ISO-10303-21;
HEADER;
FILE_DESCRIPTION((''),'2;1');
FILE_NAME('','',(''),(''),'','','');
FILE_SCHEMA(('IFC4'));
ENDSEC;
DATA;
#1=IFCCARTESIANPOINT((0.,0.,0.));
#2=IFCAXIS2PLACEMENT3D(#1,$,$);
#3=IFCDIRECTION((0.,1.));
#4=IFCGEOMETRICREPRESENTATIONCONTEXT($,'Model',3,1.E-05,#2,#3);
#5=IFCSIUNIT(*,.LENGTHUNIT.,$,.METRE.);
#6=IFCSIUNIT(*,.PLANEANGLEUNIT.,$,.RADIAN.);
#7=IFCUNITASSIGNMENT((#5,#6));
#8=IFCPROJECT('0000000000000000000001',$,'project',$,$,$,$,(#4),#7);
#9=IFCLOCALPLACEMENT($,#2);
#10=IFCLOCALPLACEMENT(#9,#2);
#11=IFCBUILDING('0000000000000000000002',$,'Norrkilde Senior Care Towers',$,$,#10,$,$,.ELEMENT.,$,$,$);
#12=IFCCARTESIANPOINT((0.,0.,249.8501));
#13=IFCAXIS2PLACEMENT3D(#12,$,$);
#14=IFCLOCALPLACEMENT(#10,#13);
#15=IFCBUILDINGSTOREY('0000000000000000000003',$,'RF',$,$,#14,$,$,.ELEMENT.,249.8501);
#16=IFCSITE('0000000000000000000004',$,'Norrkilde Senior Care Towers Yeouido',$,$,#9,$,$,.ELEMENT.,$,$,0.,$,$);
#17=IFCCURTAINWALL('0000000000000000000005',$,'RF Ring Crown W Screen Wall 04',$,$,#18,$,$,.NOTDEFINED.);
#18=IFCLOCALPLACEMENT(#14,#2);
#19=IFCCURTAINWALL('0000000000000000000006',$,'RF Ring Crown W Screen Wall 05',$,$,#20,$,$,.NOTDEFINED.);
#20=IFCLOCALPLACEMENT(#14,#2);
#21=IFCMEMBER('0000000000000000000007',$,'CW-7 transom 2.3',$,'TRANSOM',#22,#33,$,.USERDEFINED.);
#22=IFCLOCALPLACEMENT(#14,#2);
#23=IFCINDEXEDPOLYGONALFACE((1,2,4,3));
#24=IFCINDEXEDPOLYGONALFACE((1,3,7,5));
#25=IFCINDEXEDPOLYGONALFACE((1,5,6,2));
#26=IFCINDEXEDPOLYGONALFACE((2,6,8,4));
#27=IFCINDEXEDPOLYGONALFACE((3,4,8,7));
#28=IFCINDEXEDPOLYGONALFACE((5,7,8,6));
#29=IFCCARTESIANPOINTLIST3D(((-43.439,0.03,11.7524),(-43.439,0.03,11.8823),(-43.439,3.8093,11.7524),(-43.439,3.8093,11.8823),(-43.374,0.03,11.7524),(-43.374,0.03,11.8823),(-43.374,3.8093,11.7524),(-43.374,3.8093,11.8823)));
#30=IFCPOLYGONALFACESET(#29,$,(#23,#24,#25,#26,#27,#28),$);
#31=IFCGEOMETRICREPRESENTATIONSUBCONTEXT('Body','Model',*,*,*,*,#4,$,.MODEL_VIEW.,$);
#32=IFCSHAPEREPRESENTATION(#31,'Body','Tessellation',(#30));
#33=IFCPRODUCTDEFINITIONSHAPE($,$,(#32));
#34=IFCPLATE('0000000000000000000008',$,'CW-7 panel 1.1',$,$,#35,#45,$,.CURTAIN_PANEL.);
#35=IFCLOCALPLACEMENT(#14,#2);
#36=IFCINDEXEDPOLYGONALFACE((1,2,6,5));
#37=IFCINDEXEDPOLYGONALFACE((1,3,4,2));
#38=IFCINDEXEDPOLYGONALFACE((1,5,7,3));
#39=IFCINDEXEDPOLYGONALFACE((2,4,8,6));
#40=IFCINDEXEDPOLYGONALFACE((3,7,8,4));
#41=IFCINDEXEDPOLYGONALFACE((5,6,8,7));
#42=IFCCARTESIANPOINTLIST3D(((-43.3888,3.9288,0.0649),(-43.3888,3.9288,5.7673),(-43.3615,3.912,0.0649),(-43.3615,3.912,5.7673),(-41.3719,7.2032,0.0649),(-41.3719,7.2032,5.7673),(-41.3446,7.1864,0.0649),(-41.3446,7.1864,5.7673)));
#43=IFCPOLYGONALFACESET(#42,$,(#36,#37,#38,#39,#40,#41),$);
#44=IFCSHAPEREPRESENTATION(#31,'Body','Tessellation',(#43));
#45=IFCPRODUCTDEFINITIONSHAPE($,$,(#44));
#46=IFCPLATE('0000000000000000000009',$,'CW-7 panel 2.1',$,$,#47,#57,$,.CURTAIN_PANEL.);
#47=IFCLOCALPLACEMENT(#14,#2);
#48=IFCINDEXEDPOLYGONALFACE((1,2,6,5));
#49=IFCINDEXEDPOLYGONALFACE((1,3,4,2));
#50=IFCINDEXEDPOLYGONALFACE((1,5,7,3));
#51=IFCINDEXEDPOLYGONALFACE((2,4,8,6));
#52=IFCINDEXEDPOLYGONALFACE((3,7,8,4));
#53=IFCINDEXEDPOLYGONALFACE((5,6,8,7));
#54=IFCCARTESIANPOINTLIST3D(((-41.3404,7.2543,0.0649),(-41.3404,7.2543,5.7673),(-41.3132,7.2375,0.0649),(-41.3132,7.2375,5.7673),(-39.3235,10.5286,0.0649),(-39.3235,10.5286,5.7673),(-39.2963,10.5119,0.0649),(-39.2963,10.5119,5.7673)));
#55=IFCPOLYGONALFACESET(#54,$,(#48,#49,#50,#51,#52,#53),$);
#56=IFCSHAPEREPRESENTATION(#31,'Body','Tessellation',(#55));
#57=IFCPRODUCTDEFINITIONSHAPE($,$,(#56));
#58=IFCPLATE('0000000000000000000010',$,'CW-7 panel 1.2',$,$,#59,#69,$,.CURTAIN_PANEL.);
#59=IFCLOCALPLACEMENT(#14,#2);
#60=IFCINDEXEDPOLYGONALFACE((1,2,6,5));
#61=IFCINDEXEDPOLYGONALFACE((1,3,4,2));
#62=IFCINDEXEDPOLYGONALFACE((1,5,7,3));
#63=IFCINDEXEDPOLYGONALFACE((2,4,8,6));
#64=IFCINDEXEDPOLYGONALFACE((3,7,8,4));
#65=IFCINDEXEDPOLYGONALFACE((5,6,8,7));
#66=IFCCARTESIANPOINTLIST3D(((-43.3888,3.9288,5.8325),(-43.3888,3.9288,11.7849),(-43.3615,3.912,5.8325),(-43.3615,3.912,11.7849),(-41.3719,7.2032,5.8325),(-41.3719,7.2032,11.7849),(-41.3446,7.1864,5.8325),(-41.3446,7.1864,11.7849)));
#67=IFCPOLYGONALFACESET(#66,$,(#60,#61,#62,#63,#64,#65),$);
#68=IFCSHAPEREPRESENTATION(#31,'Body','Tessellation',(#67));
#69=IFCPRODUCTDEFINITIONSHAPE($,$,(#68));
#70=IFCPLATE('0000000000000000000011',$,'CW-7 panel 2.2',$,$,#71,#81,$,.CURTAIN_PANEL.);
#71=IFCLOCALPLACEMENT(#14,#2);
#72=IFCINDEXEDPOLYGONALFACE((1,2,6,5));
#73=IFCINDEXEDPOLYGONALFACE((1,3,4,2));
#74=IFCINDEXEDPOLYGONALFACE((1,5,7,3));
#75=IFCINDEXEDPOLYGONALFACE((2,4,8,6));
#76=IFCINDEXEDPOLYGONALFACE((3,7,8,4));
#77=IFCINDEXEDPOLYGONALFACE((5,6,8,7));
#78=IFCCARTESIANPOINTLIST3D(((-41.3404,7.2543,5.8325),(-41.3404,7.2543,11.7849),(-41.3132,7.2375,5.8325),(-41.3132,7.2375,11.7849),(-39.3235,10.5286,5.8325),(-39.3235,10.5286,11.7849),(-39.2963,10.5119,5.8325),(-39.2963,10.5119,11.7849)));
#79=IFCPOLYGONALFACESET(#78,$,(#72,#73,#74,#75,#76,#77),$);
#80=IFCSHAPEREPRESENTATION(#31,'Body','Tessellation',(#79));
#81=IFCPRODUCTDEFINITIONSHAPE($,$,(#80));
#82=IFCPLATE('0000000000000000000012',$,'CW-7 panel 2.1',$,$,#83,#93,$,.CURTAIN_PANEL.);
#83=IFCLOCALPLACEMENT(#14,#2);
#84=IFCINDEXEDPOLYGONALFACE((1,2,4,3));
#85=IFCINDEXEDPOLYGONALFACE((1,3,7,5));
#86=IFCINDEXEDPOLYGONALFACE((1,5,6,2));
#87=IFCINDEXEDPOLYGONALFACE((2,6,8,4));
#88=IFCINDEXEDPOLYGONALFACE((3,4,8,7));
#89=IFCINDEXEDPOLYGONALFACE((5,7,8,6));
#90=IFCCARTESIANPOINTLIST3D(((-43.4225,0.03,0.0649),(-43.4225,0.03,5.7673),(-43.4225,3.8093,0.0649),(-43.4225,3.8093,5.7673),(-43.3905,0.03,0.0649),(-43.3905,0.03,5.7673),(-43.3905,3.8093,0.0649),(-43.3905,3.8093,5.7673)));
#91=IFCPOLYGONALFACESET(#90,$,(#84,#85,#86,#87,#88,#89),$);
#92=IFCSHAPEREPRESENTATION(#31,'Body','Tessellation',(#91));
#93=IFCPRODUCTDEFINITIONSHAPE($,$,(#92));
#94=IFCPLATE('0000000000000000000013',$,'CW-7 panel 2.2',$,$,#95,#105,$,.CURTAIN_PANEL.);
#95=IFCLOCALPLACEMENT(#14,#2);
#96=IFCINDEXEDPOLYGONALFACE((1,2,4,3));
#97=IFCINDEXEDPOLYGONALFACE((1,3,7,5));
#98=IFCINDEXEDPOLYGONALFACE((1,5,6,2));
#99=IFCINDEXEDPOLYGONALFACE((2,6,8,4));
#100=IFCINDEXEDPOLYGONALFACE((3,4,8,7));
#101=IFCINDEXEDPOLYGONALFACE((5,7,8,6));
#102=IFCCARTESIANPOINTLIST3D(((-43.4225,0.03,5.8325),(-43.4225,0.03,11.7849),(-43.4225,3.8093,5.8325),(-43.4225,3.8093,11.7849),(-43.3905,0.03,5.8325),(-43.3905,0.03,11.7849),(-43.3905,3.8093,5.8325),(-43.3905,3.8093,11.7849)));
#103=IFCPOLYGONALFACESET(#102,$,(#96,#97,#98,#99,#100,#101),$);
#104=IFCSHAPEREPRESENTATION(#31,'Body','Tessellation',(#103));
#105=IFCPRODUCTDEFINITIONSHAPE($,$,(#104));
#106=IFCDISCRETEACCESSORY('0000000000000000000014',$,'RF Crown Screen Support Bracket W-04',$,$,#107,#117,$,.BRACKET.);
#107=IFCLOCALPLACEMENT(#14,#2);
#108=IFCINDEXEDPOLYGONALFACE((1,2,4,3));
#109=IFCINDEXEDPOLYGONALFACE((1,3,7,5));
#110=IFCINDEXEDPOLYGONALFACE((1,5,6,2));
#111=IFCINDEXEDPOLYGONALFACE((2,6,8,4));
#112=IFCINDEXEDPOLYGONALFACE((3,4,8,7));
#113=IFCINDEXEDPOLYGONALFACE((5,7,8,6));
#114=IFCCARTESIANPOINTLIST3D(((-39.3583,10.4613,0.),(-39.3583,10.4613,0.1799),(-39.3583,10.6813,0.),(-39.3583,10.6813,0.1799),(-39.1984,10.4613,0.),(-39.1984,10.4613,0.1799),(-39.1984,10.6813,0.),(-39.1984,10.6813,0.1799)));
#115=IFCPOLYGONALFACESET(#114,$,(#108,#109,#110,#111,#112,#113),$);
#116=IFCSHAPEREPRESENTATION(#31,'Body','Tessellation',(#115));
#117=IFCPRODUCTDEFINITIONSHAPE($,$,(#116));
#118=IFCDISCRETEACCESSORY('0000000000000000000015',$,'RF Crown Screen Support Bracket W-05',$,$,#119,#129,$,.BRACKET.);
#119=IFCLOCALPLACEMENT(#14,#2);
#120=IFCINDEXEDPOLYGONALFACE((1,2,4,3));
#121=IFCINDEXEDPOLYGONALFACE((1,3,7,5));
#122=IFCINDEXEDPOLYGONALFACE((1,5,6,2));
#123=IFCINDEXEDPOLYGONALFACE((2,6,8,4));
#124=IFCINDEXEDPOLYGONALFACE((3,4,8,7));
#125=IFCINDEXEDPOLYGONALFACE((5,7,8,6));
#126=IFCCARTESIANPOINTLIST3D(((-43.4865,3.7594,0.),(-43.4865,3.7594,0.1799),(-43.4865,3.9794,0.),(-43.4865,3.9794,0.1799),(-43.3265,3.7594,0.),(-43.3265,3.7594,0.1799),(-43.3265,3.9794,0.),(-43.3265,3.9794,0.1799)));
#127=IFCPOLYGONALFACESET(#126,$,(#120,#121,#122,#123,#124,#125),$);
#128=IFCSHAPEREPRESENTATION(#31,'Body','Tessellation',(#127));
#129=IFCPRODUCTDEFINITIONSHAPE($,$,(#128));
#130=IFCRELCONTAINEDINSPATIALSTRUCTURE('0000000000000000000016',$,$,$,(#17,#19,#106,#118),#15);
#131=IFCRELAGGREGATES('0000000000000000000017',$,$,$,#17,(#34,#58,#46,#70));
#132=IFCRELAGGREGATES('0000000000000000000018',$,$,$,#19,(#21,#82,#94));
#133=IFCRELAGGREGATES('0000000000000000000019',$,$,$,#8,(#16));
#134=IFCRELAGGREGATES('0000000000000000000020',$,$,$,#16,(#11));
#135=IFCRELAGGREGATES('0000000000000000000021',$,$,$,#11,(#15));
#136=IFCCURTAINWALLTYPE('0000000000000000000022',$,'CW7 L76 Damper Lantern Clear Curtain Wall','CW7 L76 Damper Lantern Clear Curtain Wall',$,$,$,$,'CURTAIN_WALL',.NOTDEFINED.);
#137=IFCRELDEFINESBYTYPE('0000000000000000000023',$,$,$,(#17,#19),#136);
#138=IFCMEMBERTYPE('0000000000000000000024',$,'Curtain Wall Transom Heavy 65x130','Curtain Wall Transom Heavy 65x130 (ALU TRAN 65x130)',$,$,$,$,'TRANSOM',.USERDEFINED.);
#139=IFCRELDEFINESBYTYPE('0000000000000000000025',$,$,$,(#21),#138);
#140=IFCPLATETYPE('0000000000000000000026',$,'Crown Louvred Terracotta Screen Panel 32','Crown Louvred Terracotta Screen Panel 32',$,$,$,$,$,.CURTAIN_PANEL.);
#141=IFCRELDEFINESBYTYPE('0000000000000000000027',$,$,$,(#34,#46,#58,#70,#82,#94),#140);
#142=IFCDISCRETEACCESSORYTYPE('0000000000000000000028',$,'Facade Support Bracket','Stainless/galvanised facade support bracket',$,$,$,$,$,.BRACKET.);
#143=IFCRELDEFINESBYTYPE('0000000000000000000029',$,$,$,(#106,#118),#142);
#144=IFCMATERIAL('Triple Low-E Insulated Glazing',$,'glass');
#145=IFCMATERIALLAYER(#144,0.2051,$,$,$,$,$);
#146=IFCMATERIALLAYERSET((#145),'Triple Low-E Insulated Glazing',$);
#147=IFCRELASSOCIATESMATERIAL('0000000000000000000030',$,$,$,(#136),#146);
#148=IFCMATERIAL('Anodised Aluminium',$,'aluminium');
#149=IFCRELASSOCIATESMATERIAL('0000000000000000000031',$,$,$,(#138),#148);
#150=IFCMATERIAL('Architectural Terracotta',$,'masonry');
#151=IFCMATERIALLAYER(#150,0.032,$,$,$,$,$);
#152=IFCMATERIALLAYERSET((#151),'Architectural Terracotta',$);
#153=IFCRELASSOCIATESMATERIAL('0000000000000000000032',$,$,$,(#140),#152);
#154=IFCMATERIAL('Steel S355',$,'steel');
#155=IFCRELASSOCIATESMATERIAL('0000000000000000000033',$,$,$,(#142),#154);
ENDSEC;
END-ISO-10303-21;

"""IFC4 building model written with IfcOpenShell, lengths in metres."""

from ifc_helpers import new_model, si_unit, direction, frame, origin, origin_2d, place, context, subcontext, project, spatial, rectangle, extrude, source, transform, mapped, material, layer, layer_set, material_profile, profile_set, type_object, type_shapes, element, aggregate, save


model = new_model("IFC4")

# Units and contexts
model_context = context("Model", 3, precision=1e-05, world=origin(), true_north=direction((0.0, 1.0)))
body_context = subcontext(model_context, "Body", "Model", "MODEL_VIEW")
ifc_project = project(units=[si_unit("LENGTHUNIT", "METRE"), si_unit("PLANEANGLEUNIT", "RADIAN")], contexts=[model_context])

# Site, building, storey
site_placement = place(None, origin())
site = spatial("IfcSite", under=ifc_project, at=site_placement, Name="Norrkilde Senior Care Towers Yeouido", CompositionType="ELEMENT", RefElevation=0.0)
building_placement = place(site_placement, origin())
building = spatial("IfcBuilding", under=site, at=building_placement, Name="Norrkilde Senior Care Towers", CompositionType="ELEMENT")
storey_placement = place(building_placement, frame((0.0, 0.0, 249.8501)))
storey = spatial("IfcBuildingStorey", under=building, at=storey_placement, Name="RF", CompositionType="ELEMENT", Elevation=249.8501)

# Shared definitions
ifc_material_1 = material(Name="Steel S355", Category="steel")

# Shared definitions
ifc_material_2 = material(Name="Triple Low-E Insulated Glazing", Category="glass")
ifc_layer_1 = layer(ifc_material_2, 0.2051)
ifc_layer_set_1 = layer_set([ifc_layer_1], Name="Triple Low-E Insulated Glazing")
curtain_wall_type = type_object("IfcCurtainWallType", Name="CW7 L76 Damper Lantern Clear Curtain Wall", Description="CW7 L76 Damper Lantern Clear Curtain Wall", ElementType="CURTAIN_WALL", PredefinedType="NOTDEFINED", material=ifc_layer_set_1)
ifc_material_3 = material(Name="Anodised Aluminium", Category="aluminium")

# Curtain wall
curtain_wall_1_placement = place(storey_placement, origin())
curtain_wall_1 = element("IfcCurtainWall", 1, at=curtain_wall_1_placement, inside=storey, type_object=curtain_wall_type, Name="RF Ring Crown W Screen Wall 04", PredefinedType="NOTDEFINED")

# Curtain wall
curtain_wall_2_placement = place(storey_placement, origin())
curtain_wall_2 = element("IfcCurtainWall", 2, at=curtain_wall_2_placement, inside=storey, type_object=curtain_wall_type, Name="RF Ring Crown W Screen Wall 05", PredefinedType="NOTDEFINED")

# Member
ifc_material_profile_1 = material_profile(ifc_material_3, rectangle(XDim=0.0649, YDim=0.1299, at=origin_2d()), Name="ALU TRAN 65x130")
ifc_profile_set_1 = profile_set([ifc_material_profile_1], Name="Anodised Aluminium")
member_type_1 = type_object("IfcMemberType", Name="Curtain Wall Transom Heavy 65x130", Description="Curtain Wall Transom Heavy 65x130 (ALU TRAN 65x130)", ElementType="TRANSOM", PredefinedType="USERDEFINED", material=ifc_profile_set_1)
shared_shape_1 = source(origin(), body_context, "Body", "SweptSolid", [
    extrude(rectangle(XDim=0.0649, YDim=0.1299, at=origin_2d()), origin(), (0.0, 0.0, 1.0), 3.7793),
])
member_1_placement = place(storey_placement, frame((-43.4065, 0.03, 11.8174), z_axis=(0.0, 1.0, 0.0), x_axis=(-1.0, 0.0, 0.0)))
member_1 = element("IfcMember", 3, at=member_1_placement, type_object=member_type_1, Name="CW-7 transom 2.3", ObjectType="TRANSOM", PredefinedType="USERDEFINED", context=body_context, shape_type="MappedRepresentation", body=[
    mapped(shared_shape_1, transform((0.0, 0.0, 0.0), x_axis=(1.0, 0.0, 0.0), y_axis=(0.0, 1.0, 0.0), z_axis=(0.0, 0.0, 1.0), scale=1.0)),
])

# Plates
ifc_material_4 = material(Name="Architectural Terracotta", Category="masonry")
ifc_layer_2 = layer(ifc_material_4, 0.032)
ifc_layer_set_2 = layer_set([ifc_layer_2], Name="Architectural Terracotta")
plate_type = type_object("IfcPlateType", Name="Crown Louvred Terracotta Screen Panel 32", Description="Crown Louvred Terracotta Screen Panel 32", PredefinedType="CURTAIN_PANEL", material=ifc_layer_set_2)
shared_shape_2 = source(origin(), body_context, "Body", "SweptSolid", [
    extrude(rectangle(XDim=3.8457, YDim=0.032, at=origin_2d()), origin(), (0.0, 0.0, 1.0), 5.7024),
])
plate_1_placement = place(storey_placement, frame((-42.3667, 5.5576, 0.0649), z_axis=(0.0, 0.0, 1.0), x_axis=(0.524458, 0.851436, 0.0)))
plate_1 = element("IfcPlate", 4, at=plate_1_placement, type_object=plate_type, Name="CW-7 panel 1.1", PredefinedType="CURTAIN_PANEL", context=body_context, shape_type="MappedRepresentation", body=[
    mapped(shared_shape_2, transform((0.0, 0.0, 0.0), x_axis=(1.0, 0.0, 0.0), y_axis=(0.0, 1.0, 0.0), z_axis=(0.0, 0.0, 1.0), scale=1.0)),
])
plate_2_placement = place(storey_placement, frame((-40.3184, 8.8831, 0.0649), z_axis=(0.0, 0.0, 1.0), x_axis=(0.524458, 0.851436, 0.0)))
plate_2 = element("IfcPlate", 5, at=plate_2_placement, type_object=plate_type, Name="CW-7 panel 2.1", PredefinedType="CURTAIN_PANEL", context=body_context, shape_type="MappedRepresentation", body=[
    mapped(shared_shape_2, transform((0.0, 0.0, 0.0), x_axis=(1.0, 0.0, 0.0), y_axis=(0.0, 1.0, 0.0), z_axis=(0.0, 0.0, 1.0), scale=1.0)),
])
shared_shape_3 = source(origin(), body_context, "Body", "SweptSolid", [
    extrude(rectangle(XDim=3.8457, YDim=0.032, at=origin_2d()), origin(), (0.0, 0.0, 1.0), 5.9524),
])
plate_3_placement = place(storey_placement, frame((-42.3667, 5.5576, 5.8325), z_axis=(0.0, 0.0, 1.0), x_axis=(0.524458, 0.851436, 0.0)))
plate_3 = element("IfcPlate", 6, at=plate_3_placement, type_object=plate_type, Name="CW-7 panel 1.2", PredefinedType="CURTAIN_PANEL", context=body_context, shape_type="MappedRepresentation", body=[
    mapped(shared_shape_3, transform((0.0, 0.0, 0.0), x_axis=(1.0, 0.0, 0.0), y_axis=(0.0, 1.0, 0.0), z_axis=(0.0, 0.0, 1.0), scale=1.0)),
])
plate_4_placement = place(storey_placement, frame((-40.3184, 8.8831, 5.8325), z_axis=(0.0, 0.0, 1.0), x_axis=(0.524458, 0.851436, 0.0)))
plate_4 = element("IfcPlate", 7, at=plate_4_placement, type_object=plate_type, Name="CW-7 panel 2.2", PredefinedType="CURTAIN_PANEL", context=body_context, shape_type="MappedRepresentation", body=[
    mapped(shared_shape_3, transform((0.0, 0.0, 0.0), x_axis=(1.0, 0.0, 0.0), y_axis=(0.0, 1.0, 0.0), z_axis=(0.0, 0.0, 1.0), scale=1.0)),
])
aggregate(curtain_wall_1, [plate_1, plate_3, plate_2, plate_4])
shared_shape_4 = source(origin(), body_context, "Body", "SweptSolid", [
    extrude(rectangle(XDim=3.7793, YDim=0.032, at=origin_2d()), origin(), (0.0, 0.0, 1.0), 5.7024),
])
plate_5_placement = place(storey_placement, frame((-43.4065, 1.9197, 0.0649), z_axis=(0.0, 0.0, 1.0), x_axis=(0.0, 1.0, 0.0)))
plate_5 = element("IfcPlate", 8, at=plate_5_placement, type_object=plate_type, Name="CW-7 panel 2.1", PredefinedType="CURTAIN_PANEL", context=body_context, shape_type="MappedRepresentation", body=[
    mapped(shared_shape_4, transform((0.0, 0.0, 0.0), x_axis=(1.0, 0.0, 0.0), y_axis=(0.0, 1.0, 0.0), z_axis=(0.0, 0.0, 1.0), scale=1.0)),
])
shared_shape_5 = source(origin(), body_context, "Body", "SweptSolid", [
    extrude(rectangle(XDim=3.7793, YDim=0.032, at=origin_2d()), origin(), (0.0, 0.0, 1.0), 5.9524),
])
type_shapes(plate_type, [shared_shape_2, shared_shape_3, shared_shape_4, shared_shape_5])
plate_6_placement = place(storey_placement, frame((-43.4065, 1.9197, 5.8325), z_axis=(0.0, 0.0, 1.0), x_axis=(0.0, 1.0, 0.0)))
plate_6 = element("IfcPlate", 9, at=plate_6_placement, type_object=plate_type, Name="CW-7 panel 2.2", PredefinedType="CURTAIN_PANEL", context=body_context, shape_type="MappedRepresentation", body=[
    mapped(shared_shape_5, transform((0.0, 0.0, 0.0), x_axis=(1.0, 0.0, 0.0), y_axis=(0.0, 1.0, 0.0), z_axis=(0.0, 0.0, 1.0), scale=1.0)),
])
aggregate(curtain_wall_2, [member_1, plate_5, plate_6])

# Discrete accessories
discrete_accessory_type = type_object("IfcDiscreteAccessoryType", Name="Facade Support Bracket", Description="Stainless/galvanised facade support bracket", PredefinedType="BRACKET", material=ifc_material_1)
shared_shape_6 = source(origin(), body_context, "Body", "SweptSolid", [
    extrude(rectangle(XDim=0.1599, YDim=0.22, at=origin_2d()), origin(), (0.0, 0.0, 1.0), 0.1799),
])
type_shapes(discrete_accessory_type, [shared_shape_6])
for number, where, z_axis, x_axis, name in (
    (10, (-39.2783, 10.5713, 0.0), (0.0, 0.0, 1.0), (1.0, 0.0, 0.0), "RF Crown Screen Support Bracket W-04"),
    (11, (-43.4065, 3.8694, 0.0), (0.0, 0.0, 1.0), (1.0, 0.0, 0.0), "RF Crown Screen Support Bracket W-05"),
):
    element("IfcDiscreteAccessory", number, at=place(storey_placement, frame(where, z_axis=z_axis, x_axis=x_axis)), inside=storey, type_object=discrete_accessory_type, Name=name, PredefinedType="BRACKET", context=body_context, shape_type="MappedRepresentation", body=[
        mapped(shared_shape_6, transform((0.0, 0.0, 0.0), x_axis=(1.0, 0.0, 0.0), y_axis=(0.0, 1.0, 0.0), z_axis=(0.0, 0.0, 1.0), scale=1.0)),
    ])

save(model, "model.ifc")
